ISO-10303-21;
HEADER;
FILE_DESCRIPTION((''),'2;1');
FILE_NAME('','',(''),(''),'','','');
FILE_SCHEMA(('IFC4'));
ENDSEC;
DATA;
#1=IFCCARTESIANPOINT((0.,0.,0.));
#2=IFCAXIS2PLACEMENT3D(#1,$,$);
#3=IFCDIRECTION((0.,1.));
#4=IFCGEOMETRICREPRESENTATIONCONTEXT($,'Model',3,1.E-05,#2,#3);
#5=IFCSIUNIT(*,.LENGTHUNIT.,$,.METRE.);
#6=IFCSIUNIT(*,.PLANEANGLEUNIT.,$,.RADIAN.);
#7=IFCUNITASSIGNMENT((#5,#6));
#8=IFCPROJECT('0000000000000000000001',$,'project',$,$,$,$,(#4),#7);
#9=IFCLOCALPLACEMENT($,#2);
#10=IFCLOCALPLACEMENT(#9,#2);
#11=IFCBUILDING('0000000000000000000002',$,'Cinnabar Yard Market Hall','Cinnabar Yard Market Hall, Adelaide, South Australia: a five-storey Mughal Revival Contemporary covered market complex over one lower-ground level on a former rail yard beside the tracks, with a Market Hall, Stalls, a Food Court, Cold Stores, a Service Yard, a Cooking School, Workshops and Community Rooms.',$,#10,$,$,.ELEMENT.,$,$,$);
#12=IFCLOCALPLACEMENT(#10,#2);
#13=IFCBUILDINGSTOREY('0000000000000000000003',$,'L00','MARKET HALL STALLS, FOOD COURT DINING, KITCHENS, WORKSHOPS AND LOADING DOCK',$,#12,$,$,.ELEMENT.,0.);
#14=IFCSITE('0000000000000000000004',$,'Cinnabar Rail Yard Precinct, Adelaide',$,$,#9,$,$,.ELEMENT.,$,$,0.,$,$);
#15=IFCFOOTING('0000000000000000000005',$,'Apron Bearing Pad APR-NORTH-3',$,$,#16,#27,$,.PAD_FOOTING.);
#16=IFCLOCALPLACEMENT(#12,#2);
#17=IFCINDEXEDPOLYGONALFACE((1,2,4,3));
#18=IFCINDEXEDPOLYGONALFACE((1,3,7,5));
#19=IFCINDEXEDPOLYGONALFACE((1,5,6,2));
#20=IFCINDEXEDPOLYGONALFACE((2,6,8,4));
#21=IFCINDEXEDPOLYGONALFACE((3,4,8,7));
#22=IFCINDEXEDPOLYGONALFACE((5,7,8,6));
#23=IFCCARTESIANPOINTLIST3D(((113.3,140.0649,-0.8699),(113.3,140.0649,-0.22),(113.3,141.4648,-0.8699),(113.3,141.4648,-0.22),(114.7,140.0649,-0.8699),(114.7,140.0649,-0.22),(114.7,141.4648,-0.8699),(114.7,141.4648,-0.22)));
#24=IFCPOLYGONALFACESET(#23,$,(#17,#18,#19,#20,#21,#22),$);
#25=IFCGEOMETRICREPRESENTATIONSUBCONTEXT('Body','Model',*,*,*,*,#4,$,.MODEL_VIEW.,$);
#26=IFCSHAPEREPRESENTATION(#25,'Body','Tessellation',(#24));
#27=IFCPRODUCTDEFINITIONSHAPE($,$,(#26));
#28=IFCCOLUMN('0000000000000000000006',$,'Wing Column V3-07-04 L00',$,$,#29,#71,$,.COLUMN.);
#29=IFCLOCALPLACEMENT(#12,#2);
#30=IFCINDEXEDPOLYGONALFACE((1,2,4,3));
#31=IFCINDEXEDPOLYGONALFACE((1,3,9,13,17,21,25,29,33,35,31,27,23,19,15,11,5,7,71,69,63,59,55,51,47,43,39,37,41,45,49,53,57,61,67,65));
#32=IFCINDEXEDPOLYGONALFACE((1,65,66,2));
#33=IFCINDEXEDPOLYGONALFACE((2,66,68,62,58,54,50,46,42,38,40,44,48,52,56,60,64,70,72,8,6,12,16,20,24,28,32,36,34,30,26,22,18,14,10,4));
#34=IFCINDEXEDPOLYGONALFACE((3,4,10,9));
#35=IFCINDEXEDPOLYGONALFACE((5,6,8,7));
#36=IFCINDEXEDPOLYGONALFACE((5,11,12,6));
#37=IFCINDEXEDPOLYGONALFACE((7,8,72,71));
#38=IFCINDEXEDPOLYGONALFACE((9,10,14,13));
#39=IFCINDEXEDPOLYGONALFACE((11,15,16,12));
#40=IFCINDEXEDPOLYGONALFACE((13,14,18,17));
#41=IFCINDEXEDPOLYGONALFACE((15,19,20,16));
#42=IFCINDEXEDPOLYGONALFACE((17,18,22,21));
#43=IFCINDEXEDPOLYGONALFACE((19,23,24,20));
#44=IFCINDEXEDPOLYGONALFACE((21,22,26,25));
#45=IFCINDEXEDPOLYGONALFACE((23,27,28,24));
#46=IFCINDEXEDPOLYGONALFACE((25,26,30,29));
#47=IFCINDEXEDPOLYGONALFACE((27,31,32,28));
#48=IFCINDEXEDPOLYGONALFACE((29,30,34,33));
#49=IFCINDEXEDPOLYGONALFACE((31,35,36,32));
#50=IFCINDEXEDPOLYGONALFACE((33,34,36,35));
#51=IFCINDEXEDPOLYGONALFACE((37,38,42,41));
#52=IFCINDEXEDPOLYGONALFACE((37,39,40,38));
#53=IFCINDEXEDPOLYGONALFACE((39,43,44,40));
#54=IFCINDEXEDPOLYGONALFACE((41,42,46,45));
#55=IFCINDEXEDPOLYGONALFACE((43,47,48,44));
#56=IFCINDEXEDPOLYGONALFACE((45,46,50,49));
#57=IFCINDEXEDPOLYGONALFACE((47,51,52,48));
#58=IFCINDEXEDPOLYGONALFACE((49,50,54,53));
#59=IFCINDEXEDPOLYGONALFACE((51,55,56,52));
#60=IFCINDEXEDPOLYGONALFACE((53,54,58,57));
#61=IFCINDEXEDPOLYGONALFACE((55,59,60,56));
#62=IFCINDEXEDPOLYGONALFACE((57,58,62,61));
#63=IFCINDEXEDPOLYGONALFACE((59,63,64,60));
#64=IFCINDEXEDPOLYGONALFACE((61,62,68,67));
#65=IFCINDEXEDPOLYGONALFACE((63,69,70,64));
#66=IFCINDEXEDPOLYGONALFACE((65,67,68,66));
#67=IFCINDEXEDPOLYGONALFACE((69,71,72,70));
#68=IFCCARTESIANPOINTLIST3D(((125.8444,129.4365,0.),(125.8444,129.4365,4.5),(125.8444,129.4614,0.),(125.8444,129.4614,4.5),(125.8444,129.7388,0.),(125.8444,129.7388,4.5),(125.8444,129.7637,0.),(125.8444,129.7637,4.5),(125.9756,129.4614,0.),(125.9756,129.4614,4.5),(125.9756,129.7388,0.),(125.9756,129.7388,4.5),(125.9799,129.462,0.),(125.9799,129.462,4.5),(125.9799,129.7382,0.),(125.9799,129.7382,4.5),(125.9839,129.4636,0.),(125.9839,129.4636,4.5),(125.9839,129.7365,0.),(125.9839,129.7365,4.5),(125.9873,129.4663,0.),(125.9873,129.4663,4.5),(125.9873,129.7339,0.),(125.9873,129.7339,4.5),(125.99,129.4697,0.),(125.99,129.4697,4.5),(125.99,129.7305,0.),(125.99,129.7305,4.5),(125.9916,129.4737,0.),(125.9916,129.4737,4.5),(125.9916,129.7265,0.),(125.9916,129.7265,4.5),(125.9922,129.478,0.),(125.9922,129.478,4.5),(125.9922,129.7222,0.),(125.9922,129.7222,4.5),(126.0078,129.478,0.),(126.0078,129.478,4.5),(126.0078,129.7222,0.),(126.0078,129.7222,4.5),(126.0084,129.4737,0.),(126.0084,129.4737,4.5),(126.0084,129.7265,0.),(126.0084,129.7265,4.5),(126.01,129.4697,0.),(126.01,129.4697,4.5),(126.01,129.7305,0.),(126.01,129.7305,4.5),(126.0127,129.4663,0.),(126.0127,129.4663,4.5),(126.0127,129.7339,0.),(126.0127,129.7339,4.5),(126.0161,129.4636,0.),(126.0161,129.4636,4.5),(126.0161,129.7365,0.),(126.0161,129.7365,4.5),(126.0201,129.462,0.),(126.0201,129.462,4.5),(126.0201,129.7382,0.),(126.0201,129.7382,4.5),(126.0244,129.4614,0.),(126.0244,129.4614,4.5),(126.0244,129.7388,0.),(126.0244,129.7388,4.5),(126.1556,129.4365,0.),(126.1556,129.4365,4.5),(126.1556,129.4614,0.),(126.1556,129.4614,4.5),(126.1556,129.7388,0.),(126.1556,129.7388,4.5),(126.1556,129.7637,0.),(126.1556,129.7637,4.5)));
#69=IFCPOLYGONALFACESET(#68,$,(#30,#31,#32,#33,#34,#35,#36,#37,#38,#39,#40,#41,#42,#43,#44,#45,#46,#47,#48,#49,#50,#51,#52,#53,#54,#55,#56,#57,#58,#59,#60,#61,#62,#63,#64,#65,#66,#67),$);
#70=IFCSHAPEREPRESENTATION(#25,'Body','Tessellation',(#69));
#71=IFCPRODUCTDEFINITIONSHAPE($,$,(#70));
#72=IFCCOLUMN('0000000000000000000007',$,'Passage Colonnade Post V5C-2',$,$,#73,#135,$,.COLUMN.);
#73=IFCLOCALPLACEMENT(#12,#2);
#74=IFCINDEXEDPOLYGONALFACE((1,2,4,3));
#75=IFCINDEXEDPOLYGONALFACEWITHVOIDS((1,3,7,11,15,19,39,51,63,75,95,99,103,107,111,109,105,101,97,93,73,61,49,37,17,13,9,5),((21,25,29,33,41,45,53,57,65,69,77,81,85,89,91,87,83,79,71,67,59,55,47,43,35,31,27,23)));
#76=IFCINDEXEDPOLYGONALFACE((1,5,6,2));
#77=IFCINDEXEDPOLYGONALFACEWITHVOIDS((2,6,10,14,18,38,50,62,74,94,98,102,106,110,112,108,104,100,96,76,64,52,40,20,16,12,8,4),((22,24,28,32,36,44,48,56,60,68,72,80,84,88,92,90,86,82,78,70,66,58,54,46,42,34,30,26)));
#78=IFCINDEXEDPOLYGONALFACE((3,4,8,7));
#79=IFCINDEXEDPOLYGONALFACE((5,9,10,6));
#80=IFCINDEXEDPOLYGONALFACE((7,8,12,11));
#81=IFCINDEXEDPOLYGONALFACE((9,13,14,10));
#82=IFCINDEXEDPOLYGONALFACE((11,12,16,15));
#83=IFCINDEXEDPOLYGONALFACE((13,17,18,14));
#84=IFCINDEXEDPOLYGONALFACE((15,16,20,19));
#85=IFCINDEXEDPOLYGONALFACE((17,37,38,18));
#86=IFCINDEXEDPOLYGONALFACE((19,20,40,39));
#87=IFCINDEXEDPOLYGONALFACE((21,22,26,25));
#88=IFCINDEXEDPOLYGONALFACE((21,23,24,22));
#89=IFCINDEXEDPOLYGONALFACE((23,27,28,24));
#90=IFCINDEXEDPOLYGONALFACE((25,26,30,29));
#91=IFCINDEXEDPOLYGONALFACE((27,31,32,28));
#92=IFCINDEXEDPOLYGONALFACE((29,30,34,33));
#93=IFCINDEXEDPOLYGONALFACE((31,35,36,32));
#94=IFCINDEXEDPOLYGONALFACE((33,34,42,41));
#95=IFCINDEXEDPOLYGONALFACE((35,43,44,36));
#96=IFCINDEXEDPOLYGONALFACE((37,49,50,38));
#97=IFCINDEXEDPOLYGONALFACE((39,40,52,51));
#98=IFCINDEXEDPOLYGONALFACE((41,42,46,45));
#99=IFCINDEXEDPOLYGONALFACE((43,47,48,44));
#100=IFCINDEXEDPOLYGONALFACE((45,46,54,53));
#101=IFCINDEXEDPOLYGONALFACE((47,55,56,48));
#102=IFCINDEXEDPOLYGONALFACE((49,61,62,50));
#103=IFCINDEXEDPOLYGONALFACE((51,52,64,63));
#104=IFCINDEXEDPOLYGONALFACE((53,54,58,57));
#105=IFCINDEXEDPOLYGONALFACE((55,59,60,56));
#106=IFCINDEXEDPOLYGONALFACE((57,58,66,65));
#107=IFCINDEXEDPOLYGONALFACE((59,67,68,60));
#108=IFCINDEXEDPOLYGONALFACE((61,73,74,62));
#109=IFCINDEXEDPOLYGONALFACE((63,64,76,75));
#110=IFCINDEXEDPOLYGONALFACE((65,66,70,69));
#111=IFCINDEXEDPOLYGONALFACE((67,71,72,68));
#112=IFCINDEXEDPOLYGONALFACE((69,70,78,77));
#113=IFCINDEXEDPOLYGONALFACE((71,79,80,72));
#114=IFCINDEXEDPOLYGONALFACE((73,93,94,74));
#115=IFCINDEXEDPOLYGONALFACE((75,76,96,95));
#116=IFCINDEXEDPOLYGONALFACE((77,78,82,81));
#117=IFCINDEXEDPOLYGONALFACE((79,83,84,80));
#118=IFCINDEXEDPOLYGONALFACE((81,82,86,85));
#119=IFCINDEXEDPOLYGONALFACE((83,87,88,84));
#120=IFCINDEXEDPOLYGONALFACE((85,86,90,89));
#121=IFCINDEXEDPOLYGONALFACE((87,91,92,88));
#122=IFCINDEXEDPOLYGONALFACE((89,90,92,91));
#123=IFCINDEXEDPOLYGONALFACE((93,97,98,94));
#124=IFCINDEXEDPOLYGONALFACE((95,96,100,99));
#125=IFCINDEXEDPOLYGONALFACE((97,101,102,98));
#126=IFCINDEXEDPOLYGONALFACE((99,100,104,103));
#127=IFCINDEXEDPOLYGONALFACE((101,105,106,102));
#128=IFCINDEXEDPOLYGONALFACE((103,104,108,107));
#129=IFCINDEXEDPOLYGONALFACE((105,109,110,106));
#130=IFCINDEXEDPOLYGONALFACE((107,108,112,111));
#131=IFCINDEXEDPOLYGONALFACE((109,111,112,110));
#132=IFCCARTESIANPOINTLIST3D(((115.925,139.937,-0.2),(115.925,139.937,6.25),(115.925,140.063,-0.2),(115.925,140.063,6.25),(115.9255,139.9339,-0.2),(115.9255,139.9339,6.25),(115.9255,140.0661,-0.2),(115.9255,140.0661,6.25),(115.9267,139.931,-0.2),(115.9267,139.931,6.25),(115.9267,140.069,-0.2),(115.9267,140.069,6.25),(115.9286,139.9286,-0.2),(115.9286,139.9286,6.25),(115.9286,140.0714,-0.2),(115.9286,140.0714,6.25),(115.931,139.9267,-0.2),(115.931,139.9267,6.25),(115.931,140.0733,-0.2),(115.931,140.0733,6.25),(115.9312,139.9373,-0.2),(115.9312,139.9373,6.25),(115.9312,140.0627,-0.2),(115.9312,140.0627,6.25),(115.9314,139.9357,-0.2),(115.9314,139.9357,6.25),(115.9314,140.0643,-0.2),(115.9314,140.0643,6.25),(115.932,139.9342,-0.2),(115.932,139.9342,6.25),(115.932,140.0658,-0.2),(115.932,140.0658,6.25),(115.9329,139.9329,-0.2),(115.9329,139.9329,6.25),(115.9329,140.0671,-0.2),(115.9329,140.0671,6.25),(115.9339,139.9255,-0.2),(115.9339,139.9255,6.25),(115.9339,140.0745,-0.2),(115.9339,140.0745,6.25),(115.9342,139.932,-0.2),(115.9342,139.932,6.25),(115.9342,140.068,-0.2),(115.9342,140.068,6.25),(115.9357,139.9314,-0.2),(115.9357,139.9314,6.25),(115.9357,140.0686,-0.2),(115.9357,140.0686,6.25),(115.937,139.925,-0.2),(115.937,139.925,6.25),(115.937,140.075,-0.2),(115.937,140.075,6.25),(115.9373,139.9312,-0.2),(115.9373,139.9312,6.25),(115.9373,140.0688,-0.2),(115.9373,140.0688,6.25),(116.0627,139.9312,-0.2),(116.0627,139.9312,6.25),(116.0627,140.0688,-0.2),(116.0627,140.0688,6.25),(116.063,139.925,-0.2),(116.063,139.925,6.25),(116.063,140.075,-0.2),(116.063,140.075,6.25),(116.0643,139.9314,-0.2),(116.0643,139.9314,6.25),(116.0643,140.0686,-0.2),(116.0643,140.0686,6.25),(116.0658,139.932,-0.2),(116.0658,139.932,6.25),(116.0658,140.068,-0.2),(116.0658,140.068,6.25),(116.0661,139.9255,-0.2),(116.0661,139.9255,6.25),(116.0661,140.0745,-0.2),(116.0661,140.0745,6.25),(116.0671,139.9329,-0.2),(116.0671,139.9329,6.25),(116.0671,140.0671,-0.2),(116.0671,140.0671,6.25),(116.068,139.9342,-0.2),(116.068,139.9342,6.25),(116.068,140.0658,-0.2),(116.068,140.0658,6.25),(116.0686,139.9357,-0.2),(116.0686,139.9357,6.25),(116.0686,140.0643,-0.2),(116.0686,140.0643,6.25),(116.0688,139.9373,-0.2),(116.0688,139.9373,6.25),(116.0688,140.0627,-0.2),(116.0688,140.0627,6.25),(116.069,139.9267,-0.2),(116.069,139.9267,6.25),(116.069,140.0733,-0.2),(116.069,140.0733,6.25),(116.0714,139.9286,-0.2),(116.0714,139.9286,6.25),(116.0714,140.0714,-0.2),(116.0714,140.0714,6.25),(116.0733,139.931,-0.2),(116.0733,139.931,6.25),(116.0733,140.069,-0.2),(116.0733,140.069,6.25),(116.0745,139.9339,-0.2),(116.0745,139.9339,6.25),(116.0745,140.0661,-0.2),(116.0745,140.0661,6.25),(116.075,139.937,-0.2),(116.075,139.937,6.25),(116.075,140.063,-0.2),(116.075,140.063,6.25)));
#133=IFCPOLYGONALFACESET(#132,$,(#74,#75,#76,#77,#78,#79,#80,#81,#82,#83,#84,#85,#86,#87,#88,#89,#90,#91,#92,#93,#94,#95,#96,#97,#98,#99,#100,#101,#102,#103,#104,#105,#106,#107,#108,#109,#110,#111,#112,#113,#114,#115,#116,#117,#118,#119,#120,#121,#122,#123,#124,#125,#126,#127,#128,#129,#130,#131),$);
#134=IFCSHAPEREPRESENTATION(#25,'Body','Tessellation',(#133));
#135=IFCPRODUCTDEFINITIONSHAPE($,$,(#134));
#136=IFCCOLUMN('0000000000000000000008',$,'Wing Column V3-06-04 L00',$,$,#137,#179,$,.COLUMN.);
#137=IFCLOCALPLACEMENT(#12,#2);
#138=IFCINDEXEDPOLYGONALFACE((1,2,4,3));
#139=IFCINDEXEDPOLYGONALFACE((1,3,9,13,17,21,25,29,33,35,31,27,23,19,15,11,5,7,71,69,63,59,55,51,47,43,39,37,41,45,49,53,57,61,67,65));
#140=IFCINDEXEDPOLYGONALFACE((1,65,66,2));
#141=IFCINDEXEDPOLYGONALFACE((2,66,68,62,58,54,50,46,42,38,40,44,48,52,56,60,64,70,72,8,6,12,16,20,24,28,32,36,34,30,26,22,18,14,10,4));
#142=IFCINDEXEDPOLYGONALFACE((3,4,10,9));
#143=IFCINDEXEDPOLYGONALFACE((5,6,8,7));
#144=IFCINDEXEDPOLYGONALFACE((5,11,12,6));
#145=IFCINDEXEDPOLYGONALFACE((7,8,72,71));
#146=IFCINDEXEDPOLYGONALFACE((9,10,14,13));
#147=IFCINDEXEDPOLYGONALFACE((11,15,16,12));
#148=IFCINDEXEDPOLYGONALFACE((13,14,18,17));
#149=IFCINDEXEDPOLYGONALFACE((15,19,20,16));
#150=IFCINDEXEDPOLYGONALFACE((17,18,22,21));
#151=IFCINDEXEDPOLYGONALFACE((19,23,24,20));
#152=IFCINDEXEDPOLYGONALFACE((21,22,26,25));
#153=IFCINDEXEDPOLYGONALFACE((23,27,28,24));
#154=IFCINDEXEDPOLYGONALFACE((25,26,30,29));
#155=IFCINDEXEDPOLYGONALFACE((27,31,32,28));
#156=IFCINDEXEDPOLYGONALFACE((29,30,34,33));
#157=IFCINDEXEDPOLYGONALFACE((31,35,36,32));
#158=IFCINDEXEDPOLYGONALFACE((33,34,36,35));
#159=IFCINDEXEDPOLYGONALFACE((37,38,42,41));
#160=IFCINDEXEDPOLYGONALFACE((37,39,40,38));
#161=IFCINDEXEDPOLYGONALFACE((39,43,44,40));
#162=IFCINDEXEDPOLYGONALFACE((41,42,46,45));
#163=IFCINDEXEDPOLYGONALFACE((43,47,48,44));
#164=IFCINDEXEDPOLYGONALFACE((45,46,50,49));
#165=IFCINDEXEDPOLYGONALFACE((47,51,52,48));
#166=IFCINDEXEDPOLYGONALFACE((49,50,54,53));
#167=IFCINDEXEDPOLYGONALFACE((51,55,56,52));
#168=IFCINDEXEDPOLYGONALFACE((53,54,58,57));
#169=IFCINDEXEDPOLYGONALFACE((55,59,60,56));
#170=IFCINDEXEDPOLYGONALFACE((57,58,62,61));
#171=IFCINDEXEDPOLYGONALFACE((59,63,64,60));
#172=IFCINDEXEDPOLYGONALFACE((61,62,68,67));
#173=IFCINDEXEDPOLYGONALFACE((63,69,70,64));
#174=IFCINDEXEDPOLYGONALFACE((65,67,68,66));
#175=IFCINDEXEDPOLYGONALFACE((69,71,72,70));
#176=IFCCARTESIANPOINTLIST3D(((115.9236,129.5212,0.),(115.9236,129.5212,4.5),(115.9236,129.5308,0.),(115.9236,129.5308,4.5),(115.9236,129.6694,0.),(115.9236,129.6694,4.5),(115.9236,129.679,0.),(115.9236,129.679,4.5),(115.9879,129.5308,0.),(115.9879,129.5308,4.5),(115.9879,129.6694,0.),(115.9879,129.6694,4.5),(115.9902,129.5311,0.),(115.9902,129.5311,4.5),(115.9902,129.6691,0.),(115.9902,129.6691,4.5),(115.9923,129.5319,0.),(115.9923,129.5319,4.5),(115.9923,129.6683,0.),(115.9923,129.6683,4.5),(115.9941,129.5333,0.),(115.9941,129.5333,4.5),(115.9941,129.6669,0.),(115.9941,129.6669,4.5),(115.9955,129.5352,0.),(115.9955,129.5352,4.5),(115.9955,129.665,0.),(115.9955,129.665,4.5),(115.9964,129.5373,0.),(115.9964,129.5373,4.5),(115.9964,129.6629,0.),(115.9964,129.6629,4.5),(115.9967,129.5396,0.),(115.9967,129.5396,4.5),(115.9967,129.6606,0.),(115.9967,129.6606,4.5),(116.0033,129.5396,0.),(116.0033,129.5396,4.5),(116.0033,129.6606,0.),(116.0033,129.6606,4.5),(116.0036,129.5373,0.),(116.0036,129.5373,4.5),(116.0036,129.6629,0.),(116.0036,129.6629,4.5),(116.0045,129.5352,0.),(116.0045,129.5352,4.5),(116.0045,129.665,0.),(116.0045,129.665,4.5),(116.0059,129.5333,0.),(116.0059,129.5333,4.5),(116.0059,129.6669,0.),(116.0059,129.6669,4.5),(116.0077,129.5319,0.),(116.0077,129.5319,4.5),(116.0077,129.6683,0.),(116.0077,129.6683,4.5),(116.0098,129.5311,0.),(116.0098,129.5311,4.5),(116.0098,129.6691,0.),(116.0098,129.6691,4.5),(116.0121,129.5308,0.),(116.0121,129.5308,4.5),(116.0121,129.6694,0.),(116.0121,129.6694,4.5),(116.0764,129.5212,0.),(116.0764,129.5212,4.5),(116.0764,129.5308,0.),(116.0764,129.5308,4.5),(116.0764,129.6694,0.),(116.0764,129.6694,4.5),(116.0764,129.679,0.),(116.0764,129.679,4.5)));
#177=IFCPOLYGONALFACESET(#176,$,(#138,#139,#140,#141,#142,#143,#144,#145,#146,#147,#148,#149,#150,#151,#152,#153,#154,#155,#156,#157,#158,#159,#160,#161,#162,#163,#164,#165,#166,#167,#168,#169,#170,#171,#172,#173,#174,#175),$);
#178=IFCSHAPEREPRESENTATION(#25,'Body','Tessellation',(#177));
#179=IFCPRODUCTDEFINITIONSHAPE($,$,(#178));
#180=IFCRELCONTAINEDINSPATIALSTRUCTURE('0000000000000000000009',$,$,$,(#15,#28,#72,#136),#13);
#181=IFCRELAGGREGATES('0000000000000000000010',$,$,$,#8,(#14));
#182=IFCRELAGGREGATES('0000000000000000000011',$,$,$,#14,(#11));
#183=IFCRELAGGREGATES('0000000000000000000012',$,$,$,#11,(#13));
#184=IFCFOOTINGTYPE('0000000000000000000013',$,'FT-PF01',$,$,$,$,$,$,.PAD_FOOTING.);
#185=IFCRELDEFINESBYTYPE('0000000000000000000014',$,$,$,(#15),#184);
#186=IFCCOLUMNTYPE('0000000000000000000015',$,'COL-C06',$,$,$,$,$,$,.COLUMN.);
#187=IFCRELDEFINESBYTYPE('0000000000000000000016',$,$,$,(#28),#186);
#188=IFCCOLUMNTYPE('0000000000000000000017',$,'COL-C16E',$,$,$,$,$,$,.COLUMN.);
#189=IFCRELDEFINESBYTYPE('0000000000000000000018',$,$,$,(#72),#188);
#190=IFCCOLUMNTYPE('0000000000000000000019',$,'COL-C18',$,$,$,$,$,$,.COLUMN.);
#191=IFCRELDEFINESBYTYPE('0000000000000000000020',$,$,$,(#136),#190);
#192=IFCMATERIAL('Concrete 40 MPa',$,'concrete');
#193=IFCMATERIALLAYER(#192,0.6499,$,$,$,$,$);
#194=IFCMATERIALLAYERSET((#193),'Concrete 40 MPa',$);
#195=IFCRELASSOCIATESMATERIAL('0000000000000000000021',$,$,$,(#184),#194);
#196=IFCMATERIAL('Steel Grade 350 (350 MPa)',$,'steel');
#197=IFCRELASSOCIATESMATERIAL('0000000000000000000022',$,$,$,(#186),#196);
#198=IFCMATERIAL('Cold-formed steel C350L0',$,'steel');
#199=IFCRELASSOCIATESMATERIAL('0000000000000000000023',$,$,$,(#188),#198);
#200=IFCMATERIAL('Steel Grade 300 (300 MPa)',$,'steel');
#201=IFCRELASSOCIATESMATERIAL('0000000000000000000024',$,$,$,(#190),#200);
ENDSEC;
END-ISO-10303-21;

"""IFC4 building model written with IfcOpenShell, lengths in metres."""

from ifc_helpers import new_model, si_unit, direction, frame, origin, origin_2d_with_axis, place, context, subcontext, project, spatial, rectangle, hollow_rectangle, i_section, extrude, material, layer, layer_set, material_profile, profile_set, type_object, element, save


model = new_model("IFC4")

# Units and contexts
model_context = context("Model", 3, precision=1e-05, world=origin(), true_north=direction((0.0, 1.0)))
body_context = subcontext(model_context, "Body", "Model", "MODEL_VIEW")
ifc_project = project(units=[si_unit("LENGTHUNIT", "METRE"), si_unit("PLANEANGLEUNIT", "RADIAN")], contexts=[model_context])

# Site, building, storey
site_placement = place(None, origin())
site = spatial("IfcSite", under=ifc_project, at=site_placement, Name="Cinnabar Rail Yard Precinct, Adelaide", CompositionType="ELEMENT", RefElevation=0.0)
building_placement = place(site_placement, origin())
building = spatial("IfcBuilding", under=site, at=building_placement, Name="Cinnabar Yard Market Hall", Description="Cinnabar Yard Market Hall, Adelaide, South Australia: a five-storey Mughal Revival Contemporary covered market complex over one lower-ground level on a former rail yard beside the tracks, with a Market Hall, Stalls, a Food Court, Cold Stores, a Service Yard, a Cooking School, Workshops and Community Rooms.", CompositionType="ELEMENT")
storey_placement = place(building_placement, origin())
storey = spatial("IfcBuildingStorey", under=building, at=storey_placement, Name="L00", Description="MARKET HALL STALLS, FOOD COURT DINING, KITCHENS, WORKSHOPS AND LOADING DOCK", CompositionType="ELEMENT", Elevation=0.0)

# Footing
ifc_material_1 = material(Name="Concrete 40 MPa", Category="concrete")
ifc_layer_1 = layer(ifc_material_1, 0.6499)
ifc_layer_set_1 = layer_set([ifc_layer_1], Name="Concrete 40 MPa")
footing_type = type_object("IfcFootingType", Name="FT-PF01", PredefinedType="PAD_FOOTING", material=ifc_layer_set_1)
footing_placement = place(storey_placement, frame((114.0, 140.7649, -0.8699), z_axis=(0.0, 0.0, 1.0), x_axis=(1.0, 0.0, 0.0)))
element("IfcFooting", 1, at=footing_placement, inside=storey, type_object=footing_type, Name="Apron Bearing Pad APR-NORTH-3", PredefinedType="PAD_FOOTING", context=body_context, shape_type="SweptSolid", body=[
    extrude(rectangle(XDim=1.3999, YDim=1.3999, at=origin_2d_with_axis()), origin(), (0.0, 0.0, 1.0), 0.6499),
])

# Columns
ifc_material_2 = material(Name="Steel Grade 350 (350 MPa)", Category="steel")
ifc_material_profile_1 = material_profile(ifc_material_2, i_section(OverallWidth=0.3113, OverallDepth=0.3271, WebThickness=0.0156, FlangeThickness=0.0249, FilletRadius=0.0166, at=origin_2d_with_axis()), Name="310UC158")
ifc_profile_set_1 = profile_set([ifc_material_profile_1], Name="Steel Grade 350 (350 MPa)")
column_type_1 = type_object("IfcColumnType", Name="COL-C06", PredefinedType="COLUMN", material=ifc_profile_set_1)
column_1_placement = place(storey_placement, frame((126.0, 129.6001, 0.0), z_axis=(0.0, 0.0, 1.0), x_axis=(1.0, 0.0, 0.0)))
element("IfcColumn", 2, at=column_1_placement, inside=storey, type_object=column_type_1, Name="Wing Column V3-07-04 L00", PredefinedType="COLUMN", context=body_context, shape_type="SweptSolid", body=[
    extrude(i_section(OverallWidth=0.3113, OverallDepth=0.3271, WebThickness=0.0156, FlangeThickness=0.0249, FilletRadius=0.0166, at=origin_2d_with_axis()), origin(), (0.0, 0.0, 1.0), 4.5),
])
ifc_material_3 = material(Name="Cold-formed steel C350L0", Category="steel")
ifc_material_profile_2 = material_profile(ifc_material_3, hollow_rectangle(XDim=0.1499, YDim=0.1499, WallThickness=0.0061, InnerFilletRadius=0.0061, OuterFilletRadius=0.012, at=origin_2d_with_axis()), Name="150x150x6.0SHS")
ifc_profile_set_2 = profile_set([ifc_material_profile_2], Name="Cold-formed steel C350L0")
column_type_2 = type_object("IfcColumnType", Name="COL-C16E", PredefinedType="COLUMN", material=ifc_profile_set_2)
column_2_placement = place(storey_placement, frame((116.0, 140.0, -0.2), z_axis=(0.0, 0.0, 1.0), x_axis=(1.0, 0.0, 0.0)))
element("IfcColumn", 3, at=column_2_placement, inside=storey, type_object=column_type_2, Name="Passage Colonnade Post V5C-2", PredefinedType="COLUMN", context=body_context, shape_type="SweptSolid", body=[
    extrude(hollow_rectangle(XDim=0.1499, YDim=0.1499, WallThickness=0.0061, InnerFilletRadius=0.0061, OuterFilletRadius=0.012, at=origin_2d_with_axis()), origin(), (0.0, 0.0, 1.0), 6.45),
])
ifc_material_4 = material(Name="Steel Grade 300 (300 MPa)", Category="steel")
ifc_material_profile_3 = material_profile(ifc_material_4, i_section(OverallWidth=0.1528, OverallDepth=0.1577, WebThickness=0.0066, FlangeThickness=0.0095, FilletRadius=0.0088, at=origin_2d_with_axis()), Name="150UC30.0")
ifc_profile_set_3 = profile_set([ifc_material_profile_3], Name="Steel Grade 300 (300 MPa)")
column_type_3 = type_object("IfcColumnType", Name="COL-C18", PredefinedType="COLUMN", material=ifc_profile_set_3)
column_3_placement = place(storey_placement, frame((116.0, 129.6001, 0.0), z_axis=(0.0, 0.0, 1.0), x_axis=(1.0, 0.0, 0.0)))
element("IfcColumn", 4, at=column_3_placement, inside=storey, type_object=column_type_3, Name="Wing Column V3-06-04 L00", PredefinedType="COLUMN", context=body_context, shape_type="SweptSolid", body=[
    extrude(i_section(OverallWidth=0.1528, OverallDepth=0.1577, WebThickness=0.0066, FlangeThickness=0.0095, FilletRadius=0.0088, at=origin_2d_with_axis()), origin(), (0.0, 0.0, 1.0), 4.5),
])

save(model, "model.ifc")
